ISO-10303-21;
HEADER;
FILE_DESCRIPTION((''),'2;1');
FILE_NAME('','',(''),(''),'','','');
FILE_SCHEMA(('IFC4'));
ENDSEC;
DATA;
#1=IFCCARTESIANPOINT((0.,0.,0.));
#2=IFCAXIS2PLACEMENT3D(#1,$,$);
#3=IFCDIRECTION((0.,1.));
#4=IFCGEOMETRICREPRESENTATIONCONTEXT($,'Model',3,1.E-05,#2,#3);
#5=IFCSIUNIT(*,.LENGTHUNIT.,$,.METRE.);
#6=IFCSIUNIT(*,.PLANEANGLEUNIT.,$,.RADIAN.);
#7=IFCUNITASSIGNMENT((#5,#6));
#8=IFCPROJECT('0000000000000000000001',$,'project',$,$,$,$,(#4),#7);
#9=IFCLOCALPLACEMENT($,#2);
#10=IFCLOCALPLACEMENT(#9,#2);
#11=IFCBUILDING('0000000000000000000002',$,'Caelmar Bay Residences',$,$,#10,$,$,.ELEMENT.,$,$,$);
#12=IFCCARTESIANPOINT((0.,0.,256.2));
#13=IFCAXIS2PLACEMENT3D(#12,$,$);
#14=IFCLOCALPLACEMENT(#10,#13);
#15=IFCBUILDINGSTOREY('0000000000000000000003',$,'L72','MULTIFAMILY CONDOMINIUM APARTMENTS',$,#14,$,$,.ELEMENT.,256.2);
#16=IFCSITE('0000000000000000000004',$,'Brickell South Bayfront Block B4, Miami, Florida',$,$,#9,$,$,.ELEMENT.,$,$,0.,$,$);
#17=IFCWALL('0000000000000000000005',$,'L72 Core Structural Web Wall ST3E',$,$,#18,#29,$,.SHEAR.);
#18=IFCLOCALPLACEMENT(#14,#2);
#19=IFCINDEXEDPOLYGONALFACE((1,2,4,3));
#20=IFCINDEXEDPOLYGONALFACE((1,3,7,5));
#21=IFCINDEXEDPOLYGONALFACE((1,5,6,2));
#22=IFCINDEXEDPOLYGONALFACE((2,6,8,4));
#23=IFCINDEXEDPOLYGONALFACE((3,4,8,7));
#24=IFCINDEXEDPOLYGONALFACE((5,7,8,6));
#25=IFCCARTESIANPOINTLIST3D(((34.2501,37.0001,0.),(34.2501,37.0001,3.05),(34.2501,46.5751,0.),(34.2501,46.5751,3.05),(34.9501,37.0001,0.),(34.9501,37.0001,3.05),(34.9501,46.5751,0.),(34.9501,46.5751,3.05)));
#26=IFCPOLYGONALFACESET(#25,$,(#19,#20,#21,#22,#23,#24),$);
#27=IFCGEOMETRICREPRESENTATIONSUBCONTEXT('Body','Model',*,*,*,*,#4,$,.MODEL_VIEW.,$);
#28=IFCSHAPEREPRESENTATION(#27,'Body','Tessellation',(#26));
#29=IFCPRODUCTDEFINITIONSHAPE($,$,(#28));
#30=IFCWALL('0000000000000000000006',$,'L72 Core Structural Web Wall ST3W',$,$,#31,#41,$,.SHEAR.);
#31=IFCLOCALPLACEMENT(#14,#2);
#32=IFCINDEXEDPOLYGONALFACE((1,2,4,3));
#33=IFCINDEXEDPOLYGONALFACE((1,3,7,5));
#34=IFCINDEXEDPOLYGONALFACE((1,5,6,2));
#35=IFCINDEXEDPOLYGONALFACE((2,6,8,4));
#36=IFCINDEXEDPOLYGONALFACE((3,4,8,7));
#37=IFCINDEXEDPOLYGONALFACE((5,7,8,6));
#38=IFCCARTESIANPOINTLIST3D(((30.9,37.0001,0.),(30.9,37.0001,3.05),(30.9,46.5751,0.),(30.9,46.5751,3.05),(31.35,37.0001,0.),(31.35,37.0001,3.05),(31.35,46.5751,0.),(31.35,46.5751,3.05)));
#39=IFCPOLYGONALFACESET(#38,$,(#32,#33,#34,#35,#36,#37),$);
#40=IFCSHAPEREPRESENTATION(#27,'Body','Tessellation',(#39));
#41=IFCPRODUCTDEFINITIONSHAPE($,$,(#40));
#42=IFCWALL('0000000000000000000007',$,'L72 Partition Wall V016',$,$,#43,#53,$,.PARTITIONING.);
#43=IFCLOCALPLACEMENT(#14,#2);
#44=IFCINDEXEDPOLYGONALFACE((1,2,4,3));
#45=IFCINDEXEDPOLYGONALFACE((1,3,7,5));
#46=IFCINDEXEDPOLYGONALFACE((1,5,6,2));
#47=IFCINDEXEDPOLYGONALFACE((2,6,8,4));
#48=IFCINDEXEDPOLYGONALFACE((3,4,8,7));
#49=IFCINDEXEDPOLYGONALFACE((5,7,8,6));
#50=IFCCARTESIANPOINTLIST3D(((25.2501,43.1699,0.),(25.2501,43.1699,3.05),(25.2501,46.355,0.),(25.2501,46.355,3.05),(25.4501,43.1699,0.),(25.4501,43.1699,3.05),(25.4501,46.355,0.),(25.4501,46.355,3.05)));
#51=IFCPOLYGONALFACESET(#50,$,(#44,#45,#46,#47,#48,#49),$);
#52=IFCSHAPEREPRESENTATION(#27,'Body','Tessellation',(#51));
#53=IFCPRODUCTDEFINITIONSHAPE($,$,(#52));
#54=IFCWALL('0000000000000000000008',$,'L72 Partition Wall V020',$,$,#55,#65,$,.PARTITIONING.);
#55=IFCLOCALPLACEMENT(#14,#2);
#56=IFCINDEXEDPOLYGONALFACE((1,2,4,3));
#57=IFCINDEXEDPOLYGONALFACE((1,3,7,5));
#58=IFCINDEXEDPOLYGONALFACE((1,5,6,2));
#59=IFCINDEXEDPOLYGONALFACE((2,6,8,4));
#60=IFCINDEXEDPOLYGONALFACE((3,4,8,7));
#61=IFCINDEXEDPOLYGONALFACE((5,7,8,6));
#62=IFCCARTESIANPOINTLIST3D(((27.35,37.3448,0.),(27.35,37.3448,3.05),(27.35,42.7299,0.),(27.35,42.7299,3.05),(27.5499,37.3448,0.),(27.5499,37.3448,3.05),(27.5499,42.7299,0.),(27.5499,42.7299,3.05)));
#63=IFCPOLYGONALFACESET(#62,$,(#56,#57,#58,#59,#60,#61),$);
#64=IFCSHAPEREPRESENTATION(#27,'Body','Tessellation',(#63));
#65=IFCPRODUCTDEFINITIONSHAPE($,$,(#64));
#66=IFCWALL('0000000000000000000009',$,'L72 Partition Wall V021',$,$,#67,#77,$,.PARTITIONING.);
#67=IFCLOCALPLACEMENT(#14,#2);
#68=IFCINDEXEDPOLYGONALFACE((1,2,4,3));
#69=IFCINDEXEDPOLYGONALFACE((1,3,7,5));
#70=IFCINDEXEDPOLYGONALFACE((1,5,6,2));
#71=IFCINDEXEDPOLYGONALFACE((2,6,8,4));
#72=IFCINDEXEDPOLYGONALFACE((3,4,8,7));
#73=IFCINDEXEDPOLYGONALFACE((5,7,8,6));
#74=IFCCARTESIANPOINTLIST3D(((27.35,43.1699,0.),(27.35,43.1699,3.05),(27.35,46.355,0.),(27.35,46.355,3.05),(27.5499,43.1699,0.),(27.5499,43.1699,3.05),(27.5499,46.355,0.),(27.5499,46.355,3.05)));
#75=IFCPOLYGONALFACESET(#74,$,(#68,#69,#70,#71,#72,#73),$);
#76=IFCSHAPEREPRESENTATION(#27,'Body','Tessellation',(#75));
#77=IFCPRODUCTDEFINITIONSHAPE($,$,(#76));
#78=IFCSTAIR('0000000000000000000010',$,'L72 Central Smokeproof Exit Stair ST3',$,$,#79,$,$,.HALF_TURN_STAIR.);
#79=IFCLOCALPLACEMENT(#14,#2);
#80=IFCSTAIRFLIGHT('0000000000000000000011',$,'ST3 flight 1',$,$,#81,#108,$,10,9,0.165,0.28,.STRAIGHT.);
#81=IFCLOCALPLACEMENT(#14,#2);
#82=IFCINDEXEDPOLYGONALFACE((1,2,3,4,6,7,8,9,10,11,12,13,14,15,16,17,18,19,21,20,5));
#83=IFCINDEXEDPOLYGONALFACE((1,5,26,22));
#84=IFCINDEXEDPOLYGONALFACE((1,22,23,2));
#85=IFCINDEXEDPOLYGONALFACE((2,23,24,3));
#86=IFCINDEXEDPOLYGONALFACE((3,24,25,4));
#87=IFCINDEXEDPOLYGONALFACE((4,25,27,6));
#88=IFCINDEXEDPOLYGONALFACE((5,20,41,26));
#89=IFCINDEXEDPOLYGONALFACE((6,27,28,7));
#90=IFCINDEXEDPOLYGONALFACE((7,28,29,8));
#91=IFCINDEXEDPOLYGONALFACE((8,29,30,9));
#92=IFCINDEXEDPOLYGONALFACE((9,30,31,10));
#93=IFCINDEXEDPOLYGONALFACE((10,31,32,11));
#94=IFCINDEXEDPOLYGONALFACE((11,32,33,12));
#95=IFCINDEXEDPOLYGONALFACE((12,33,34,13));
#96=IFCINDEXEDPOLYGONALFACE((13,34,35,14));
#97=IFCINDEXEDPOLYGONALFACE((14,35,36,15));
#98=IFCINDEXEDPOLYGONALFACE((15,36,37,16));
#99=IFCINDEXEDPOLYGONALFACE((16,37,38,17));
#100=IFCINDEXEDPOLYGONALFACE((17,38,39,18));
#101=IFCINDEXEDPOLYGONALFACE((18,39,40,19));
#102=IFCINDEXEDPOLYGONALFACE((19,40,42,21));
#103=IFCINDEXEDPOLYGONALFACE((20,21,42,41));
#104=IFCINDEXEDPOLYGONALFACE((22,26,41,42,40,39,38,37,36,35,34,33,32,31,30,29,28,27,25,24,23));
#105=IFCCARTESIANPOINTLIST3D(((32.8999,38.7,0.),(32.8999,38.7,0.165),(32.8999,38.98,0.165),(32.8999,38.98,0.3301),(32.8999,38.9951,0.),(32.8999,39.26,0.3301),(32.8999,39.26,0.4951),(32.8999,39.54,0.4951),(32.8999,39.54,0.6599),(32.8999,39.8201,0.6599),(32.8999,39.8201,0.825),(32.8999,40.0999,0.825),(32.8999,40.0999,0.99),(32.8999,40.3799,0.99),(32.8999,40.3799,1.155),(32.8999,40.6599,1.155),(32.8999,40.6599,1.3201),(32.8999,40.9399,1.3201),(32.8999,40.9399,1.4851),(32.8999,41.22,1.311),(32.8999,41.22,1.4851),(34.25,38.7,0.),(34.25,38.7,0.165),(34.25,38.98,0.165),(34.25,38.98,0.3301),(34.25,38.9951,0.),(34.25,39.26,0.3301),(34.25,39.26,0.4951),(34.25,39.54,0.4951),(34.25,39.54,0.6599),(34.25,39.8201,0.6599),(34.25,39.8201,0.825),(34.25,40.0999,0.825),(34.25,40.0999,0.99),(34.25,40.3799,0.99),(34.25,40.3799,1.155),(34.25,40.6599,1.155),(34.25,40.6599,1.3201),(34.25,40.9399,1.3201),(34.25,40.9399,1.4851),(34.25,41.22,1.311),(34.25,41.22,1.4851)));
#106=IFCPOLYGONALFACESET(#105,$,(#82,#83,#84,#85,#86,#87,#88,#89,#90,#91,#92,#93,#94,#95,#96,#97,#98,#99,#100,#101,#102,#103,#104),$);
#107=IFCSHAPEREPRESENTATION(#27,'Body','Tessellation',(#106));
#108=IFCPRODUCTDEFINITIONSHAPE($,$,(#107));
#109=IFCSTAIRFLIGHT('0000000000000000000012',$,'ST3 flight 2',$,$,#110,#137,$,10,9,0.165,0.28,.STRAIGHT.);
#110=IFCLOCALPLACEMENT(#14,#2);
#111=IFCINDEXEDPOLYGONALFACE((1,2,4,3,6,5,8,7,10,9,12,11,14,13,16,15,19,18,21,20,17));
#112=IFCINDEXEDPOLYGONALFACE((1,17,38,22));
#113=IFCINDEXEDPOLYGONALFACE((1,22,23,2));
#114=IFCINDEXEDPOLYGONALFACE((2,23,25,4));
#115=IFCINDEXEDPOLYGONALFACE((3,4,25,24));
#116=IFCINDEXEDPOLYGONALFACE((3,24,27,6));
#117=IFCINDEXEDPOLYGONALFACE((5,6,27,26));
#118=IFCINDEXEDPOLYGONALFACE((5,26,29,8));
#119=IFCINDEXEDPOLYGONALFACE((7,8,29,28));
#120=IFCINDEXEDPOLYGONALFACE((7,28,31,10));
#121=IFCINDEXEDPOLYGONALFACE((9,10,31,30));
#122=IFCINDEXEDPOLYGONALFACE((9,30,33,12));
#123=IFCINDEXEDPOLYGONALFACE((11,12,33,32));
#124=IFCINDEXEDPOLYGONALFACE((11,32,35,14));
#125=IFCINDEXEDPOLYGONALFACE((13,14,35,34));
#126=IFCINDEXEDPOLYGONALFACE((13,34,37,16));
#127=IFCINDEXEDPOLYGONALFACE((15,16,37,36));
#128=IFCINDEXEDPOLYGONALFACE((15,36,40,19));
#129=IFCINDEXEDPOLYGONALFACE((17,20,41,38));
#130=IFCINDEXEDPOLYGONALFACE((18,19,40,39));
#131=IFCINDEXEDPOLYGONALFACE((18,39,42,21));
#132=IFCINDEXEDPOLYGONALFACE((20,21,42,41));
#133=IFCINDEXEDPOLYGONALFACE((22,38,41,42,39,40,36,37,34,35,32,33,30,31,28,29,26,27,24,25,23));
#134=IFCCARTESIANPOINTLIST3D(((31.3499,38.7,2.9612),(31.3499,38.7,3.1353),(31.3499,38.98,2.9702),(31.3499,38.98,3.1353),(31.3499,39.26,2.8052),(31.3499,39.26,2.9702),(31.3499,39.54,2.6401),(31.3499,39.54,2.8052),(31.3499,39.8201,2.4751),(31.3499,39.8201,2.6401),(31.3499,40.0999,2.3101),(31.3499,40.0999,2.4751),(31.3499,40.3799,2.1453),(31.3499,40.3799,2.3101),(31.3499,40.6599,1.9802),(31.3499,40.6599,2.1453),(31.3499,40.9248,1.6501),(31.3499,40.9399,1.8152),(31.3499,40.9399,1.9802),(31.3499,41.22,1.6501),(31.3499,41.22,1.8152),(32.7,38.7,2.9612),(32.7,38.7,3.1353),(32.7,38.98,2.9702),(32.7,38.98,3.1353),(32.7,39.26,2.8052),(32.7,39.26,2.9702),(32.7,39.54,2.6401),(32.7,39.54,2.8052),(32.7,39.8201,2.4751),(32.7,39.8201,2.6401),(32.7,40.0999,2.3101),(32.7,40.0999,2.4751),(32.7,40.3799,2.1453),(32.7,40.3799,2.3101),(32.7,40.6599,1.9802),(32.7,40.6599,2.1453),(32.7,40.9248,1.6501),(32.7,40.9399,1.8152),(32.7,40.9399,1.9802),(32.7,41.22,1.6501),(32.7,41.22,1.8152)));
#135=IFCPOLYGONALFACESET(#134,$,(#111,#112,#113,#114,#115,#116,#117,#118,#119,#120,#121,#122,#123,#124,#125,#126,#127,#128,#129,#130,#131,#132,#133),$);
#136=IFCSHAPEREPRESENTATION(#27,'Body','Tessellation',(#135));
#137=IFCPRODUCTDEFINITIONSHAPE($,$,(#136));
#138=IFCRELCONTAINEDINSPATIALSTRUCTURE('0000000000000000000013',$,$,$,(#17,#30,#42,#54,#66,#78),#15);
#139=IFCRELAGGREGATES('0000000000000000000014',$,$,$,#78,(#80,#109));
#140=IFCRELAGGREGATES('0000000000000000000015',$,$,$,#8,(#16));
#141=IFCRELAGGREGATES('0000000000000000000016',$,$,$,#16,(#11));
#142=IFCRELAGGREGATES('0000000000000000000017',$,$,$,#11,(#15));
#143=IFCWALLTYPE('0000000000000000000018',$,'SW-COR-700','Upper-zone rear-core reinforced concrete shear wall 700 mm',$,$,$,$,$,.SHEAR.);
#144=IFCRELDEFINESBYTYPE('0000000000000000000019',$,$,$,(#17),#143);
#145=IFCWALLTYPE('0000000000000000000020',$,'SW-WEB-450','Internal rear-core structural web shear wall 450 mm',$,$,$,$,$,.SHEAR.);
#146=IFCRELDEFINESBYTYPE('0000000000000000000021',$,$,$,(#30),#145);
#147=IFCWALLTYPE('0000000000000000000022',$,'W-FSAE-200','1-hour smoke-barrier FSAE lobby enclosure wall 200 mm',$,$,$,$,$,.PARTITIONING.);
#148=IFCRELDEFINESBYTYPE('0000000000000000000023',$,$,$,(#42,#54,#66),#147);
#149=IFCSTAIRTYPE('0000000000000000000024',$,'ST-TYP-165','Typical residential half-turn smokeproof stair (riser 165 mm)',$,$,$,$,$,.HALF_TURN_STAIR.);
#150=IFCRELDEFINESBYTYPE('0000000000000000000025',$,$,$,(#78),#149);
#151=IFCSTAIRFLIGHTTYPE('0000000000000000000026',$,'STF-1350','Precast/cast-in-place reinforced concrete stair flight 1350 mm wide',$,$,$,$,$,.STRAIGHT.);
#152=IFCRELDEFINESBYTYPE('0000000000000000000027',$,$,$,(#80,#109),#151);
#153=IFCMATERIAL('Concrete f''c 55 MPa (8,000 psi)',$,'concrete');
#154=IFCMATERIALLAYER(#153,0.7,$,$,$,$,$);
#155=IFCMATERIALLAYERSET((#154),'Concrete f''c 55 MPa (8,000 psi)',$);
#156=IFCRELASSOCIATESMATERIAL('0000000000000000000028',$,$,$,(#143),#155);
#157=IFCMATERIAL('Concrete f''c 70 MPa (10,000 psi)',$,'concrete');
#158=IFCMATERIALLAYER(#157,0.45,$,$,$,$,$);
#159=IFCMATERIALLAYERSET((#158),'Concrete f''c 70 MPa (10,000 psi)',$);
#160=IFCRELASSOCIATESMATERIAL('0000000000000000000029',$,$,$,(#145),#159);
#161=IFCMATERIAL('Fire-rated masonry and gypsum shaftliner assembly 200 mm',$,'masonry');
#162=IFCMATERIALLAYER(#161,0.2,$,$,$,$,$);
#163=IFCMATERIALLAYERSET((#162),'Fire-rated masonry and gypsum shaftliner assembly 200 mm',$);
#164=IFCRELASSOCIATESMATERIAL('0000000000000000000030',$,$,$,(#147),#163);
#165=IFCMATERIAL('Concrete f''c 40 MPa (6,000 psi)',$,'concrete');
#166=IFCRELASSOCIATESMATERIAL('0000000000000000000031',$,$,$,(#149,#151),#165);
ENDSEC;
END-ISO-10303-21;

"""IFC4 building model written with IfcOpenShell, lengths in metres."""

from ifc_helpers import new_model, si_unit, direction, frame, frame_2d, origin, place, context, subcontext, project, spatial, polyline, rectangle, outline, extrude, material, layer, layer_set, type_object, element, aggregate, save


model = new_model("IFC4")

# Units and contexts
model_context = context("Model", 3, precision=1e-05, world=origin(), true_north=direction((0.0, 1.0)))
body_context = subcontext(model_context, "Body", "Model", "MODEL_VIEW")
ifc_project = project(units=[si_unit("LENGTHUNIT", "METRE"), si_unit("PLANEANGLEUNIT", "RADIAN")], contexts=[model_context])

# Site, building, storey
site_placement = place(None, origin())
site = spatial("IfcSite", under=ifc_project, at=site_placement, Name="Brickell South Bayfront Block B4, Miami, Florida", CompositionType="ELEMENT", RefElevation=0.0)
building_placement = place(site_placement, origin())
building = spatial("IfcBuilding", under=site, at=building_placement, Name="Caelmar Bay Residences", CompositionType="ELEMENT")
storey_placement = place(building_placement, frame((0.0, 0.0, 256.2)))
storey = spatial("IfcBuildingStorey", under=building, at=storey_placement, Name="L72", Description="MULTIFAMILY CONDOMINIUM APARTMENTS", CompositionType="ELEMENT", Elevation=256.2)

# Walls
ifc_material_1 = material(Name="Concrete f'c 55 MPa (8,000 psi)", Category="concrete")
ifc_layer_1 = layer(ifc_material_1, 0.7)
ifc_layer_set_1 = layer_set([ifc_layer_1], Name="Concrete f'c 55 MPa (8,000 psi)")
wall_type_1 = type_object("IfcWallType", Name="SW-COR-700", Description="Upper-zone rear-core reinforced concrete shear wall 700 mm", PredefinedType="SHEAR", material=ifc_layer_set_1)
wall_1_placement = place(storey_placement, frame((34.6001, 37.0, 0.0), z_axis=(0.0, 0.0, 1.0), x_axis=(0.0, 1.0, 0.0)))
element("IfcWall", 1, at=wall_1_placement, inside=storey, type_object=wall_type_1, Name="L72 Core Structural Web Wall ST3E", PredefinedType="SHEAR", context=body_context, shape_type="SweptSolid", body=[
    extrude(rectangle(XDim=9.575, YDim=0.7, at=frame_2d((4.7876, 0.0))), origin(), (0.0, 0.0, 1.0), 3.05),
])
ifc_material_2 = material(Name="Concrete f'c 70 MPa (10,000 psi)", Category="concrete")
ifc_layer_2 = layer(ifc_material_2, 0.45)
ifc_layer_set_2 = layer_set([ifc_layer_2], Name="Concrete f'c 70 MPa (10,000 psi)")
wall_type_2 = type_object("IfcWallType", Name="SW-WEB-450", Description="Internal rear-core structural web shear wall 450 mm", PredefinedType="SHEAR", material=ifc_layer_set_2)
wall_2_placement = place(storey_placement, frame((31.125, 37.0, 0.0), z_axis=(0.0, 0.0, 1.0), x_axis=(0.0, 1.0, 0.0)))
element("IfcWall", 2, at=wall_2_placement, inside=storey, type_object=wall_type_2, Name="L72 Core Structural Web Wall ST3W", PredefinedType="SHEAR", context=body_context, shape_type="SweptSolid", body=[
    extrude(rectangle(XDim=9.575, YDim=0.45, at=frame_2d((4.7876, 0.0))), origin(), (0.0, 0.0, 1.0), 3.05),
])
ifc_material_3 = material(Name="Fire-rated masonry and gypsum shaftliner assembly 200 mm", Category="masonry")
ifc_layer_3 = layer(ifc_material_3, 0.2)
ifc_layer_set_3 = layer_set([ifc_layer_3], Name="Fire-rated masonry and gypsum shaftliner assembly 200 mm")
wall_type_3 = type_object("IfcWallType", Name="W-FSAE-200", Description="1-hour smoke-barrier FSAE lobby enclosure wall 200 mm", PredefinedType="PARTITIONING", material=ifc_layer_set_3)
wall_3_placement = place(storey_placement, frame((25.3501, 43.1699, 0.0), z_axis=(0.0, 0.0, 1.0), x_axis=(0.0, 1.0, 0.0)))
element("IfcWall", 3, at=wall_3_placement, inside=storey, type_object=wall_type_3, Name="L72 Partition Wall V016", PredefinedType="PARTITIONING", context=body_context, shape_type="SweptSolid", body=[
    extrude(rectangle(XDim=3.1851, YDim=0.2, at=frame_2d((1.5925, 0.0))), origin(), (0.0, 0.0, 1.0), 3.05),
])
wall_4_placement = place(storey_placement, frame((27.45, 37.345, 0.0), z_axis=(0.0, 0.0, 1.0), x_axis=(0.0, 1.0, 0.0)))
element("IfcWall", 4, at=wall_4_placement, inside=storey, type_object=wall_type_3, Name="L72 Partition Wall V020", PredefinedType="PARTITIONING", context=body_context, shape_type="SweptSolid", body=[
    extrude(rectangle(XDim=5.385, YDim=0.2, at=frame_2d((2.6924, 0.0))), origin(), (0.0, 0.0, 1.0), 3.05),
])
wall_5_placement = place(storey_placement, frame((27.45, 43.1699, 0.0), z_axis=(0.0, 0.0, 1.0), x_axis=(0.0, 1.0, 0.0)))
element("IfcWall", 5, at=wall_5_placement, inside=storey, type_object=wall_type_3, Name="L72 Partition Wall V021", PredefinedType="PARTITIONING", context=body_context, shape_type="SweptSolid", body=[
    extrude(rectangle(XDim=3.1851, YDim=0.2, at=frame_2d((1.5925, 0.0))), origin(), (0.0, 0.0, 1.0), 3.05),
])

# Stair, stair flights
ifc_material_4 = material(Name="Concrete f'c 40 MPa (6,000 psi)", Category="concrete")
stair_type = type_object("IfcStairType", Name="ST-TYP-165", Description="Typical residential half-turn smokeproof stair (riser 165 mm)", PredefinedType="HALF_TURN_STAIR", material=ifc_material_4)
stair_placement = place(storey_placement, origin())
stair = element("IfcStair", 6, at=stair_placement, inside=storey, type_object=stair_type, Name="L72 Central Smokeproof Exit Stair ST3", PredefinedType="HALF_TURN_STAIR")
stair_flight_type = type_object("IfcStairFlightType", Name="STF-1350", Description="Precast/cast-in-place reinforced concrete stair flight 1350 mm wide", PredefinedType="STRAIGHT", material=ifc_material_4)
stair_flight_1_placement = place(storey_placement, frame((33.575, 38.7, 0.0), z_axis=(0.0, 0.0, 1.0), x_axis=(0.0, 1.0, 0.0)))
stair_flight_1 = element("IfcStairFlight", 7, at=stair_flight_1_placement, type_object=stair_flight_type, Name="ST3 flight 1", NumberOfRisers=10, NumberOfTreads=9, PredefinedType="STRAIGHT", RiserHeight=0.165, TreadLength=0.28, context=body_context, shape_type="SweptSolid", body=[
    extrude(outline(polyline([(0.0, 0.0), (0.0, 0.165), (0.28, 0.165), (0.28, 0.3301), (0.5601, 0.3301), (0.5601, 0.4951), (0.8401, 0.4951), (0.8401, 0.6599), (1.1201, 0.6599), (1.1201, 0.825), (1.3999, 0.825), (1.3999, 0.99), (1.6799, 0.99), (1.6799, 1.155), (1.96, 1.155), (1.96, 1.3201), (2.24, 1.3201), (2.24, 1.4851), (2.52, 1.4851), (2.52, 1.6499), (2.52, 1.311), (0.2952, 0.0), (0.0, 0.0)])), frame((0.0, 0.675, 0.0), z_axis=(0.0, -1.0, 0.0), x_axis=(1.0, 0.0, 0.0)), (0.0, 0.0, 1.0), 1.3501),
])
stair_flight_2_placement = place(storey_placement, frame((32.0249, 41.22, 1.6501), z_axis=(0.0, 0.0, 1.0), x_axis=(0.0, -1.0, 0.0)))
stair_flight_2 = element("IfcStairFlight", 8, at=stair_flight_2_placement, type_object=stair_flight_type, Name="ST3 flight 2", NumberOfRisers=10, NumberOfTreads=9, PredefinedType="STRAIGHT", RiserHeight=0.165, TreadLength=0.28, context=body_context, shape_type="SweptSolid", body=[
    extrude(outline(polyline([(0.0, 0.0), (0.0, 0.165), (0.28, 0.165), (0.28, 0.3301), (0.5601, 0.3301), (0.5601, 0.4951), (0.8401, 0.4951), (0.8401, 0.6599), (1.1201, 0.6599), (1.1201, 0.825), (1.3999, 0.825), (1.3999, 0.99), (1.6799, 0.99), (1.6799, 1.155), (1.96, 1.155), (1.96, 1.3201), (2.24, 1.3201), (2.24, 1.4851), (2.52, 1.4851), (2.52, 1.6499), (2.52, 1.311), (0.2952, 0.0), (0.0, 0.0)])), frame((0.0, 0.675, 0.0), z_axis=(0.0, -1.0, 0.0), x_axis=(1.0, 0.0, 0.0)), (0.0, 0.0, 1.0), 1.3501),
])
aggregate(stair, [stair_flight_1, stair_flight_2])

save(model, "model.ifc")
